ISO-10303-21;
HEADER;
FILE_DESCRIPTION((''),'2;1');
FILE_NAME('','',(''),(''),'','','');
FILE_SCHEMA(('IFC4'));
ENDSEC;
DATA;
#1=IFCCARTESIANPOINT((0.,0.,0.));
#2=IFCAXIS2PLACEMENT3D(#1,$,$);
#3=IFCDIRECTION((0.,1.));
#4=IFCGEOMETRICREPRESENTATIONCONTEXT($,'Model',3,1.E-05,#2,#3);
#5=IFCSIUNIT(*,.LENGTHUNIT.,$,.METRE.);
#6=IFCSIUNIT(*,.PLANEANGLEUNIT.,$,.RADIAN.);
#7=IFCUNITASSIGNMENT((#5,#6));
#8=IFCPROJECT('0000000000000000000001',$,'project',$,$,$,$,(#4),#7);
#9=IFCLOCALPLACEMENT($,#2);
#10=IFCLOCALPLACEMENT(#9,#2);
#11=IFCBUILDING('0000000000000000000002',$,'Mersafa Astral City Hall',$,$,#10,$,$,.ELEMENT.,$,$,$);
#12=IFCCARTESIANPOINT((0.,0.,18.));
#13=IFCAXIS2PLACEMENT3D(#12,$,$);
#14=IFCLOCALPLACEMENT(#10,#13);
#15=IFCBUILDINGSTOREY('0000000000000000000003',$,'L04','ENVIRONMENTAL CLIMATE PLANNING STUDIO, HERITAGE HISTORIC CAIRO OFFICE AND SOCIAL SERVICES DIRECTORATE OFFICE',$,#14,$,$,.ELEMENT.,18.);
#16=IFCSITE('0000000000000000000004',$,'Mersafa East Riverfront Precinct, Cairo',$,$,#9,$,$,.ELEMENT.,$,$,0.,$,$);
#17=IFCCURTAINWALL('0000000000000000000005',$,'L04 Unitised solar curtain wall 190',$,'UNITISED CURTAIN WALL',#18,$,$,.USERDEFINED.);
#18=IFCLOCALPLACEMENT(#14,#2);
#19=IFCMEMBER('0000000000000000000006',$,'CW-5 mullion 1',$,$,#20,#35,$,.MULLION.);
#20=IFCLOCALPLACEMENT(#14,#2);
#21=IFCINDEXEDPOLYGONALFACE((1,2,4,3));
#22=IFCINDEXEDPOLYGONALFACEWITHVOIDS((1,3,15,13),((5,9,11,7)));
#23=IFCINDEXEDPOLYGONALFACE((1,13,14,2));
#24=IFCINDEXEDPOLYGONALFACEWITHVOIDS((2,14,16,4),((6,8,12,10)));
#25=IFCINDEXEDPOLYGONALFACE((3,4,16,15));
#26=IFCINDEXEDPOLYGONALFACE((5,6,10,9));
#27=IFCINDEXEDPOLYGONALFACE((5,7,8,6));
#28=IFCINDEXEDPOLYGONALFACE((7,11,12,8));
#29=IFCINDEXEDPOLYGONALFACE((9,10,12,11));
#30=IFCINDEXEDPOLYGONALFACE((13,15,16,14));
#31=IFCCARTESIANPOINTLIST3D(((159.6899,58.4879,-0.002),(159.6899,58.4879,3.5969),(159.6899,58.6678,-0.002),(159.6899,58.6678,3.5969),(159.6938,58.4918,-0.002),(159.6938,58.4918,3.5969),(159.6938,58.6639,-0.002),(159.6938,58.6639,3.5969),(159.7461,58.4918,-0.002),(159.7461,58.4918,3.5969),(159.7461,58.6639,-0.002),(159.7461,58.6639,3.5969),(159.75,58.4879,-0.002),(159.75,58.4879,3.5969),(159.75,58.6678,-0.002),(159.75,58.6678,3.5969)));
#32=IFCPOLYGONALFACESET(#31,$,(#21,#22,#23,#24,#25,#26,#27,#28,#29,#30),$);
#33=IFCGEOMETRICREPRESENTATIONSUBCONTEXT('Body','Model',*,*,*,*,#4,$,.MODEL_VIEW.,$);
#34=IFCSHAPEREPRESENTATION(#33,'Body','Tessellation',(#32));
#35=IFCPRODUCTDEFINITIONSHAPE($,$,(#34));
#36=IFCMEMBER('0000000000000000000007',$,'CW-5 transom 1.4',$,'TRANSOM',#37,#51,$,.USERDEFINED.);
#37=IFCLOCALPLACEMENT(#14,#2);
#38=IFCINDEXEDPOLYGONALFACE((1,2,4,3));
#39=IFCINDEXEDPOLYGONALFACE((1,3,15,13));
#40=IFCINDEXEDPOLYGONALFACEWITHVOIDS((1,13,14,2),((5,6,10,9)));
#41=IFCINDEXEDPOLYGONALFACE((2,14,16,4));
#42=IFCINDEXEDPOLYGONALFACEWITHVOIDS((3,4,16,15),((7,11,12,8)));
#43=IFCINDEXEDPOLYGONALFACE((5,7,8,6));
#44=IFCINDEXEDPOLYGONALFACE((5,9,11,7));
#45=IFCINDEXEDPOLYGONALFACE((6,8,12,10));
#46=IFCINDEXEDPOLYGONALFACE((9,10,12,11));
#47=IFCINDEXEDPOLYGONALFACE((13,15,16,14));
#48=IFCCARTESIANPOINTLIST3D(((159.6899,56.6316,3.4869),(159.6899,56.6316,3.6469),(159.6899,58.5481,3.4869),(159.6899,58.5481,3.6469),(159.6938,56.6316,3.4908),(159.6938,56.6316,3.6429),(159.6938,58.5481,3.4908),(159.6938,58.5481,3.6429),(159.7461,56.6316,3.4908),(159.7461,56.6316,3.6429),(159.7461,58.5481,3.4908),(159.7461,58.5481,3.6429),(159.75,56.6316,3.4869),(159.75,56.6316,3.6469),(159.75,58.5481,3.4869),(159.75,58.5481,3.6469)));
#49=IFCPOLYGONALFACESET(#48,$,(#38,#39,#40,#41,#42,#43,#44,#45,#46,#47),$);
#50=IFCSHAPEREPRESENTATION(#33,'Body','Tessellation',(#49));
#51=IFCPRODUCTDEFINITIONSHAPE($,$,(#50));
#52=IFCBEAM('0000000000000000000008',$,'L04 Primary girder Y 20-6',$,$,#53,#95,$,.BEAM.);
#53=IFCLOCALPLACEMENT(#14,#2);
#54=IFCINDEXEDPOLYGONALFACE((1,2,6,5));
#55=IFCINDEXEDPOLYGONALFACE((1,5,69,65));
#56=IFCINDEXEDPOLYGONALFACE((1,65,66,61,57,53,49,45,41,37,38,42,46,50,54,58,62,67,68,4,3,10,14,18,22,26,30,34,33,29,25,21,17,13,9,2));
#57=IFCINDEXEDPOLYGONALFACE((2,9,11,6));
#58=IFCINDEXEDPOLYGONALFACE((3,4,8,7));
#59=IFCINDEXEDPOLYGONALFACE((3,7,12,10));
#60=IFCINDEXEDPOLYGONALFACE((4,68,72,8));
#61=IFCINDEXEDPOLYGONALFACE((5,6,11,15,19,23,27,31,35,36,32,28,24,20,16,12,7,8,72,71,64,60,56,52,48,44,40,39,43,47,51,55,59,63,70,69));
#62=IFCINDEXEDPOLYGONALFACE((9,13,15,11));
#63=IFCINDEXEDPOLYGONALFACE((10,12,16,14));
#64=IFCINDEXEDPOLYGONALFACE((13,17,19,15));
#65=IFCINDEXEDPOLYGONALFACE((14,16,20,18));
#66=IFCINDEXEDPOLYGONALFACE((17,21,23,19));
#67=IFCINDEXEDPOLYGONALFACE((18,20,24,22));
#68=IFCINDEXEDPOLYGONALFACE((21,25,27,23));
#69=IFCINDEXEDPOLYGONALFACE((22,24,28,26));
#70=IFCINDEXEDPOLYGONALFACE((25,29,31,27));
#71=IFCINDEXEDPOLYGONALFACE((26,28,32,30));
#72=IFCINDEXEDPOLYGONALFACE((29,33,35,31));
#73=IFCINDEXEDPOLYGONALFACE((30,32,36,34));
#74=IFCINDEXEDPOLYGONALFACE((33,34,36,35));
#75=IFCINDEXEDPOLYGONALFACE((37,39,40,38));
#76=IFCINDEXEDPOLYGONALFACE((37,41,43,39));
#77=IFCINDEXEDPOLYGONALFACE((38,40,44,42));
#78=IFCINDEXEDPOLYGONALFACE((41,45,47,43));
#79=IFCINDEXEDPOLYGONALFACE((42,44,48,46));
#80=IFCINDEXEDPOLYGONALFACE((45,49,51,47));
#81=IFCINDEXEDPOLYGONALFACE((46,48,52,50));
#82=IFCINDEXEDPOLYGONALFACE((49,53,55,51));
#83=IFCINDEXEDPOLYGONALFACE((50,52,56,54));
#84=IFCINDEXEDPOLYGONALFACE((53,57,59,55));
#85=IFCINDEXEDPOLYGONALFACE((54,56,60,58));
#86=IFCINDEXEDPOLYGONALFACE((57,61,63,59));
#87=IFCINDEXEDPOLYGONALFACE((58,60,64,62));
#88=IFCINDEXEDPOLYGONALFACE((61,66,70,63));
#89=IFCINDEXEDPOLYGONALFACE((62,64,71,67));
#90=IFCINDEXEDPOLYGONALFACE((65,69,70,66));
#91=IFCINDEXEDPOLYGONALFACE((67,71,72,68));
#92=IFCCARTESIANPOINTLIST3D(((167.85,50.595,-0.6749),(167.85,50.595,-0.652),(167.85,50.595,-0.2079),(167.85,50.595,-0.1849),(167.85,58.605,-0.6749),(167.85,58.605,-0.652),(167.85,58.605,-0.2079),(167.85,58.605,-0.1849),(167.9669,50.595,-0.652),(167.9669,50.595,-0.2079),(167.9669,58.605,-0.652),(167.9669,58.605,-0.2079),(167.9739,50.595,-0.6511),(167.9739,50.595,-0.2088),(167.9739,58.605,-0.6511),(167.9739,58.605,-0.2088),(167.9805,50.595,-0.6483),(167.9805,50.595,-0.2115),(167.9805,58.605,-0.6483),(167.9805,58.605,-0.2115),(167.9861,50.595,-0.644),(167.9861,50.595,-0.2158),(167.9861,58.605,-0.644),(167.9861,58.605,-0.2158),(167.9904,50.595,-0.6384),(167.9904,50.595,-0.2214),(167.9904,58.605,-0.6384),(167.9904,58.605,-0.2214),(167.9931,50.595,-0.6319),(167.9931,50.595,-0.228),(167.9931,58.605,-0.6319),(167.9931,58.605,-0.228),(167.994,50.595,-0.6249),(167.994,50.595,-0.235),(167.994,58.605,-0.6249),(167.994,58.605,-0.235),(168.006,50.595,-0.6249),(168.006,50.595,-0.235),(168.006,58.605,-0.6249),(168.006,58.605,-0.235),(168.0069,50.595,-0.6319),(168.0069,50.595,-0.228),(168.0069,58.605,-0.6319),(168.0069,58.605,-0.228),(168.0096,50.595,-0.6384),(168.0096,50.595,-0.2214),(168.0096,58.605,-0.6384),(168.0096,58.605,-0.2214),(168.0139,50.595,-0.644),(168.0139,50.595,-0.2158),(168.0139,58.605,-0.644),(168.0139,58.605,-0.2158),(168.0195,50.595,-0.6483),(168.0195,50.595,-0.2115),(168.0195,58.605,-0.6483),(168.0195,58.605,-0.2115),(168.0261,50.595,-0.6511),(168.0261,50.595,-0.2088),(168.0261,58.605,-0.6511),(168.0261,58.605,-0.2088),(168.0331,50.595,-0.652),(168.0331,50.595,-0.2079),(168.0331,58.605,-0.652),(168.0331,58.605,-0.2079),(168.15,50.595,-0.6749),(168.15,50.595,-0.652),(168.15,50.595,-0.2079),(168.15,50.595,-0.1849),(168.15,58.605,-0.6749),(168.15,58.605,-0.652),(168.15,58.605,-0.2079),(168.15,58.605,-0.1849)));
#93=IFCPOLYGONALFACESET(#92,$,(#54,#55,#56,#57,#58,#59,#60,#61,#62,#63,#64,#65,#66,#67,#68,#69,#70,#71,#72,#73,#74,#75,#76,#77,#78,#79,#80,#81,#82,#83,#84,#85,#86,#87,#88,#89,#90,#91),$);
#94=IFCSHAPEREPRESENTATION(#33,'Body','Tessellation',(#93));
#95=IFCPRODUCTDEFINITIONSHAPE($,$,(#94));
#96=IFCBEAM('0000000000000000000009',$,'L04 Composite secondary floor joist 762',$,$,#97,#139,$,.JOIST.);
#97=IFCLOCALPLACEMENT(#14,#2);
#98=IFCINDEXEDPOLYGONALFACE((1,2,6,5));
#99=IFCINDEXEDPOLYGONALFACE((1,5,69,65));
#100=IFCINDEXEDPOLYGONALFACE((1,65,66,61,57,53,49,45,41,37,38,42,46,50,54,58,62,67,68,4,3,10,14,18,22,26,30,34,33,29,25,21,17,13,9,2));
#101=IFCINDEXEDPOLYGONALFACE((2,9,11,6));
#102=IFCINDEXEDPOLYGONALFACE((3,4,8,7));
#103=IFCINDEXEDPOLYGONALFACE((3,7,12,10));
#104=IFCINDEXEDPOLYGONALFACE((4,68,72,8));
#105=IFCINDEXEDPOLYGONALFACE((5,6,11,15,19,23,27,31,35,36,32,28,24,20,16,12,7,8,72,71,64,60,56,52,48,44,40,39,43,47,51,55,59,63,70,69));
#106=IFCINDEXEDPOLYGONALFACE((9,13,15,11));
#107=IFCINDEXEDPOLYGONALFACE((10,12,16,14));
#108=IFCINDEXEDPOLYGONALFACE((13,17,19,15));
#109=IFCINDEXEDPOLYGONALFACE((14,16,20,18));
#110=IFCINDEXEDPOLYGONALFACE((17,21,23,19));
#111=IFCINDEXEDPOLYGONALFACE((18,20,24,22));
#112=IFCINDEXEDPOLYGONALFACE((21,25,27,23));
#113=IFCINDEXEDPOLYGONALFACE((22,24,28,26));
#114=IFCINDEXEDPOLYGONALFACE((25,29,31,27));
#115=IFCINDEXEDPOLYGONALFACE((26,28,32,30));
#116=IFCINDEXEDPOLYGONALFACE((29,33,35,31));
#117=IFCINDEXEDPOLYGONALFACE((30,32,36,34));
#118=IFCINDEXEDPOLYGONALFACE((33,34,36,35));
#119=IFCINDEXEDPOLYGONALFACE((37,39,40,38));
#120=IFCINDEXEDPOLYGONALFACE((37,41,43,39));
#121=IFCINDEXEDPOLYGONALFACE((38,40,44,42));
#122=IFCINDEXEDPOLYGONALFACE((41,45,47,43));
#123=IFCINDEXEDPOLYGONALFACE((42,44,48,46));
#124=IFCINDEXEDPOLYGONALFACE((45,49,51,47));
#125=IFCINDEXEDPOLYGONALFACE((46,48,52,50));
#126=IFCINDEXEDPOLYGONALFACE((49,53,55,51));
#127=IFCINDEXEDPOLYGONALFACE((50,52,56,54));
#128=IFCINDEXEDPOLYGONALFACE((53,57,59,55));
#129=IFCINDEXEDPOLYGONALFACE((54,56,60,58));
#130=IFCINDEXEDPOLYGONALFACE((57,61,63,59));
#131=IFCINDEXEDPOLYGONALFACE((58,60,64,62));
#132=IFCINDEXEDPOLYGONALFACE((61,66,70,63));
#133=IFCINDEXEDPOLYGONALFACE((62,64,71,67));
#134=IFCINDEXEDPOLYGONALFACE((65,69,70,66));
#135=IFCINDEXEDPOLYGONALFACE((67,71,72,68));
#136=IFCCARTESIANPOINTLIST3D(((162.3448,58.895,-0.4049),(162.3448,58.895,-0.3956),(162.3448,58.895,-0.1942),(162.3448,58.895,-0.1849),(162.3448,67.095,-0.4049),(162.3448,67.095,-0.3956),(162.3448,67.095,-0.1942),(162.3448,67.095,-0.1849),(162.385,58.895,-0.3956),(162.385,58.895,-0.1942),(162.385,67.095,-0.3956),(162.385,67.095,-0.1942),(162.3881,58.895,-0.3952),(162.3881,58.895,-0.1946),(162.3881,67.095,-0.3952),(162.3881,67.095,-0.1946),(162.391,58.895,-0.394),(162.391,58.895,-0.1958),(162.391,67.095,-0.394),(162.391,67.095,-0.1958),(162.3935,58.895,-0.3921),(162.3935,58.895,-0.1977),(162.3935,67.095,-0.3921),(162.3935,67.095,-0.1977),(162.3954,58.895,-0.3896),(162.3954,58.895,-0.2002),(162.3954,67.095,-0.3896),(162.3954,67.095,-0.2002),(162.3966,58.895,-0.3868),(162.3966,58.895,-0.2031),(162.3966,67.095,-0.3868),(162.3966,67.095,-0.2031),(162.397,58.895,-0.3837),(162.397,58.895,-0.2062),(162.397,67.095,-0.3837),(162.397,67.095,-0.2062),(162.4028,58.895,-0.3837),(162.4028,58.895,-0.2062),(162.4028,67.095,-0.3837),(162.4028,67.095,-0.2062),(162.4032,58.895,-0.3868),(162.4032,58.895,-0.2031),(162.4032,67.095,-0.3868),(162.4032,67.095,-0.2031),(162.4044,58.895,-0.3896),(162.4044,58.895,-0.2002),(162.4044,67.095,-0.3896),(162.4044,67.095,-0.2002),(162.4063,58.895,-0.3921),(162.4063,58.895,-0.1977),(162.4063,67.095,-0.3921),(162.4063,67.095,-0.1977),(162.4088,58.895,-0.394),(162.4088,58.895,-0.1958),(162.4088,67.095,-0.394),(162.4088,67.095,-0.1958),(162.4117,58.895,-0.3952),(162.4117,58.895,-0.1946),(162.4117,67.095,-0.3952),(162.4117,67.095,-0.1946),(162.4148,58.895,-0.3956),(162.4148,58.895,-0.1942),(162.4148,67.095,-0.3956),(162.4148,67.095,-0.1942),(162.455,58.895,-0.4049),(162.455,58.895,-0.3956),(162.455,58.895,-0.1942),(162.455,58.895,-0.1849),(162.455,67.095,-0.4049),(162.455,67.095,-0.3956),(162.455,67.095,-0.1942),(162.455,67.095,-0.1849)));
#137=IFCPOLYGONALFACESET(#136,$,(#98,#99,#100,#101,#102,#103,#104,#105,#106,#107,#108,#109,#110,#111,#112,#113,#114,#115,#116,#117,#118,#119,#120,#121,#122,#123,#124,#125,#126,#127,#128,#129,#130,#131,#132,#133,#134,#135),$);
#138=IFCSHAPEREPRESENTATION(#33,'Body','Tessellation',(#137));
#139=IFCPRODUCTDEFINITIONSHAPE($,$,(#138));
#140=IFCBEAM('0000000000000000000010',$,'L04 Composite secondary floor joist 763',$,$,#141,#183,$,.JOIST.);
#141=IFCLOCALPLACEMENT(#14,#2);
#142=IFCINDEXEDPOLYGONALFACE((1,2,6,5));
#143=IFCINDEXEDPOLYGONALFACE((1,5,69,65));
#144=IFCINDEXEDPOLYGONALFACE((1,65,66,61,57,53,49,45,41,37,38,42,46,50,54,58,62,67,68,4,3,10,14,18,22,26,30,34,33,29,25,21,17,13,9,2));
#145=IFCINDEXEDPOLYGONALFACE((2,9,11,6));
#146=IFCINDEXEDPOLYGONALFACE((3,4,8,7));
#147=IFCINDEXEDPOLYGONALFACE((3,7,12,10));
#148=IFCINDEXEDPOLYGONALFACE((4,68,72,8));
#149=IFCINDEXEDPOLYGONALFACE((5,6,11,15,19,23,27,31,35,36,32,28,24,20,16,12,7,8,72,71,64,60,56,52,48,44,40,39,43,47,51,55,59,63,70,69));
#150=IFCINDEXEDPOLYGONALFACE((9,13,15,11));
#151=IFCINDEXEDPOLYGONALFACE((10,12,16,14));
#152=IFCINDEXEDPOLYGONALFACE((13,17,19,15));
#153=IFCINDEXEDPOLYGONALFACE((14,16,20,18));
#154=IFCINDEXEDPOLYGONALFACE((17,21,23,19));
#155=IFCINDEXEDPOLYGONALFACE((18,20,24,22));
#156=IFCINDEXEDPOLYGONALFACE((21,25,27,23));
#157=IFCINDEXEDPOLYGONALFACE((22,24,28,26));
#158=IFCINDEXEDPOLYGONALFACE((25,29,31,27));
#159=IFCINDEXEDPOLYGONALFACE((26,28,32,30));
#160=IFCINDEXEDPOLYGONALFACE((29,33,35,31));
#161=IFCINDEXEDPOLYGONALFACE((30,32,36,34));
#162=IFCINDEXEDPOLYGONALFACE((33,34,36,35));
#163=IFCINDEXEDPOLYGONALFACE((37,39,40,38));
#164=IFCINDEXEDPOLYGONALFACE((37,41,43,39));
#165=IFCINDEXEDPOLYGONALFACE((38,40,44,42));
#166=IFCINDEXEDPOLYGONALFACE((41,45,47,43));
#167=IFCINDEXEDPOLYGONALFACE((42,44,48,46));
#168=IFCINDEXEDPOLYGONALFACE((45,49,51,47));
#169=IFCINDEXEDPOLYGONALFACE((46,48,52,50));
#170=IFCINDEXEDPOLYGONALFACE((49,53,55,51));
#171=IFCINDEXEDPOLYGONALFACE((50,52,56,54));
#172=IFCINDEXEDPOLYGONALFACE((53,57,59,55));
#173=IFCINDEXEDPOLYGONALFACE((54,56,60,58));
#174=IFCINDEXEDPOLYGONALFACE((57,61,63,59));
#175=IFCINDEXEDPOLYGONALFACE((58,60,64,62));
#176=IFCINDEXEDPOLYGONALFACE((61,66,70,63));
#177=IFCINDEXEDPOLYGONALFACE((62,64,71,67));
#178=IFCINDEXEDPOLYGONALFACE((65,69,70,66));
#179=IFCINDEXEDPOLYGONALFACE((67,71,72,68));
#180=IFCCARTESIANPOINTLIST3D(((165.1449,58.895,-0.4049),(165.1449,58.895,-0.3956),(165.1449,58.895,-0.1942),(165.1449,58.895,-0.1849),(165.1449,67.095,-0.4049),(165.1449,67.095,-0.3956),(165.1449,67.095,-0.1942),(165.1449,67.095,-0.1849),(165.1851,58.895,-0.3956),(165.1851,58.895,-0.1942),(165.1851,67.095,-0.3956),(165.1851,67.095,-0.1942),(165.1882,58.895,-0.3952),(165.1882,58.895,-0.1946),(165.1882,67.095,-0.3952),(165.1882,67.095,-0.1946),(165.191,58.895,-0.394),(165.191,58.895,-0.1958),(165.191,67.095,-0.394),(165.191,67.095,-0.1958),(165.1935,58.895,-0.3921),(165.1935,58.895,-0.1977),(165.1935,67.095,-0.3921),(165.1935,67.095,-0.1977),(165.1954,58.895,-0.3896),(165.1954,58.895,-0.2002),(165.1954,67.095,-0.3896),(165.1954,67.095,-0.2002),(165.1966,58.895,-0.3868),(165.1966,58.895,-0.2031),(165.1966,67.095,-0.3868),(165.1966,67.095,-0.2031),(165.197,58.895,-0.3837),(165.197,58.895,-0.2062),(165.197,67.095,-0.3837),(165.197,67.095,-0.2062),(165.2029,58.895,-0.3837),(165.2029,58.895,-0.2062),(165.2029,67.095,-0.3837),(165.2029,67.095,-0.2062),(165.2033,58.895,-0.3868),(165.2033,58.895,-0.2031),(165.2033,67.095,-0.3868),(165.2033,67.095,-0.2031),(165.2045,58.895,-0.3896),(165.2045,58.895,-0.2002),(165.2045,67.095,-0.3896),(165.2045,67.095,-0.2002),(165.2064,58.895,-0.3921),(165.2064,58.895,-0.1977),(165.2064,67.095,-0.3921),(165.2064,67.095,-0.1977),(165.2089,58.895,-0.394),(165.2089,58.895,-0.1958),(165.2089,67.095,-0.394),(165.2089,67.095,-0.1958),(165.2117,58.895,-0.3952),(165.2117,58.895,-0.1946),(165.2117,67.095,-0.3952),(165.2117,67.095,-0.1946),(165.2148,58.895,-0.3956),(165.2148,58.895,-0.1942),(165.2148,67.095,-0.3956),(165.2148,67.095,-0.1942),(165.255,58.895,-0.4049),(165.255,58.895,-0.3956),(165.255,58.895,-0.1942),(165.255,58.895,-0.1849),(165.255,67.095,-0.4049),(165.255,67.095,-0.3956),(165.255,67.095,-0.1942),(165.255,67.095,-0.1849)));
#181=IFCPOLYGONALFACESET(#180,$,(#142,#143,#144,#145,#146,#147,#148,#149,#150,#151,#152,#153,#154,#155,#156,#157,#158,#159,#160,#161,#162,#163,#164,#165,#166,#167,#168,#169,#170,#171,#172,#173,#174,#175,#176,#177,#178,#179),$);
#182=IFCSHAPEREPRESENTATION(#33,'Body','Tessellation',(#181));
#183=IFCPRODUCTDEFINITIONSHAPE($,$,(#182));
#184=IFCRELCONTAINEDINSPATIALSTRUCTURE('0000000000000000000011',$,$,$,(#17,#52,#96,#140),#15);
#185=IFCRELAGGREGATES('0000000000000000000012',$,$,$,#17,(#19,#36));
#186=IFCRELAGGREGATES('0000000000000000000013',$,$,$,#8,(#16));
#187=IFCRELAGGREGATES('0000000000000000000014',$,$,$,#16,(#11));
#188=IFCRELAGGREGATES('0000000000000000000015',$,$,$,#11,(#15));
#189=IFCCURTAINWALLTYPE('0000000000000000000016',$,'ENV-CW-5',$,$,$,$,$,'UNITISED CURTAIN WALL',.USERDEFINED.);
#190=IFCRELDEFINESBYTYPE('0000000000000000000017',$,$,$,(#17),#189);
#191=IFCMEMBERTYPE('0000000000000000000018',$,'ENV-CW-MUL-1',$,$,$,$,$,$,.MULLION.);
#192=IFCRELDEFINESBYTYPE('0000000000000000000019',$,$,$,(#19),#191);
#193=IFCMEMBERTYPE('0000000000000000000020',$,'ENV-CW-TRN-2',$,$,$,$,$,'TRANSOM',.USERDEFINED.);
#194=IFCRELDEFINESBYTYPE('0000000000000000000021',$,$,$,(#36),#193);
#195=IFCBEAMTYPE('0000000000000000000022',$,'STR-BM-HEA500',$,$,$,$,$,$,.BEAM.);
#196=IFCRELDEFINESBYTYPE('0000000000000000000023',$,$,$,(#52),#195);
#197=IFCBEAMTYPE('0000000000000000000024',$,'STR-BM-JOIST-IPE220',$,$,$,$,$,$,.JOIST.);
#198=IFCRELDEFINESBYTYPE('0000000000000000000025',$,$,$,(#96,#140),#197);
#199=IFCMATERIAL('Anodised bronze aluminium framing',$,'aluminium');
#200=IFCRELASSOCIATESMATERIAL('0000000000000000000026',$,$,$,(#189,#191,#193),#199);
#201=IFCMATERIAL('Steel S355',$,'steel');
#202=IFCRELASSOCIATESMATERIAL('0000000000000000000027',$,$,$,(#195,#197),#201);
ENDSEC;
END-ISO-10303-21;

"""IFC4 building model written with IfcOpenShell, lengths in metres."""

from ifc_helpers import new_model, si_unit, direction, frame, origin, origin_2d, place, context, subcontext, project, spatial, hollow_rectangle, i_section, extrude, material, material_profile, profile_set, type_object, element, aggregate, save


model = new_model("IFC4")

# Units and contexts
model_context = context("Model", 3, precision=1e-05, world=origin(), true_north=direction((0.0, 1.0)))
body_context = subcontext(model_context, "Body", "Model", "MODEL_VIEW")
ifc_project = project(units=[si_unit("LENGTHUNIT", "METRE"), si_unit("PLANEANGLEUNIT", "RADIAN")], contexts=[model_context])

# Site, building, storey
site_placement = place(None, origin())
site = spatial("IfcSite", under=ifc_project, at=site_placement, Name="Mersafa East Riverfront Precinct, Cairo", CompositionType="ELEMENT", RefElevation=0.0)
building_placement = place(site_placement, origin())
building = spatial("IfcBuilding", under=site, at=building_placement, Name="Mersafa Astral City Hall", CompositionType="ELEMENT")
storey_placement = place(building_placement, frame((0.0, 0.0, 18.0)))
storey = spatial("IfcBuildingStorey", under=building, at=storey_placement, Name="L04", Description="ENVIRONMENTAL CLIMATE PLANNING STUDIO, HERITAGE HISTORIC CAIRO OFFICE AND SOCIAL SERVICES DIRECTORATE OFFICE", CompositionType="ELEMENT", Elevation=18.0)

# Shared definitions
ifc_material_1 = material(Name="Steel S355", Category="steel")

# Curtain wall, members
ifc_material_2 = material(Name="Anodised bronze aluminium framing", Category="aluminium")
curtain_wall_type = type_object("IfcCurtainWallType", Name="ENV-CW-5", ElementType="UNITISED CURTAIN WALL", PredefinedType="USERDEFINED", material=ifc_material_2)
curtain_wall_placement = place(storey_placement, origin())
curtain_wall = element("IfcCurtainWall", 1, at=curtain_wall_placement, inside=storey, type_object=curtain_wall_type, Name="L04 Unitised solar curtain wall 190", ObjectType="UNITISED CURTAIN WALL", PredefinedType="USERDEFINED")
ifc_material_profile_1 = material_profile(ifc_material_2, hollow_rectangle(XDim=0.0601, YDim=0.1799, WallThickness=0.0039, at=origin_2d()), Name="RHS 60x180x4")
ifc_profile_set_1 = profile_set([ifc_material_profile_1], Name="Anodised bronze aluminium framing")
member_type_1 = type_object("IfcMemberType", Name="ENV-CW-MUL-1", PredefinedType="MULLION", material=ifc_profile_set_1)
member_1_placement = place(storey_placement, frame((159.72, 58.5779, -0.002), z_axis=(0.0, 0.0, 1.0), x_axis=(1.0, 0.0, 0.0)))
member_1 = element("IfcMember", 2, at=member_1_placement, type_object=member_type_1, Name="CW-5 mullion 1", PredefinedType="MULLION", context=body_context, shape_type="SweptSolid", body=[
    extrude(hollow_rectangle(XDim=0.0601, YDim=0.1799, WallThickness=0.0039, at=origin_2d()), origin(), (0.0, 0.0, 1.0), 3.5989),
])
ifc_material_profile_2 = material_profile(ifc_material_2, hollow_rectangle(XDim=0.0601, YDim=0.1599, WallThickness=0.0039, at=origin_2d()), Name="RHS 60x160x4")
ifc_profile_set_2 = profile_set([ifc_material_profile_2], Name="Anodised bronze aluminium framing")
member_type_2 = type_object("IfcMemberType", Name="ENV-CW-TRN-2", ElementType="TRANSOM", PredefinedType="USERDEFINED", material=ifc_profile_set_2)
member_2_placement = place(storey_placement, frame((159.72, 58.5481, 3.5669), z_axis=(0.0, -1.0, 0.0), x_axis=(1.0, 0.0, 0.0)))
member_2 = element("IfcMember", 3, at=member_2_placement, type_object=member_type_2, Name="CW-5 transom 1.4", ObjectType="TRANSOM", PredefinedType="USERDEFINED", context=body_context, shape_type="SweptSolid", body=[
    extrude(hollow_rectangle(XDim=0.0601, YDim=0.1599, WallThickness=0.0039, at=origin_2d()), origin(), (0.0, 0.0, 1.0), 1.9165),
])
aggregate(curtain_wall, [member_1, member_2])

# Beams
ifc_material_profile_3 = material_profile(ifc_material_1, i_section(OverallWidth=0.3, OverallDepth=0.49, WebThickness=0.012, FlangeThickness=0.0229, FilletRadius=0.0271, at=origin_2d()), Name="HEA 500")
ifc_profile_set_3 = profile_set([ifc_material_profile_3], Name="Steel S355")
beam_type_1 = type_object("IfcBeamType", Name="STR-BM-HEA500", PredefinedType="BEAM", material=ifc_profile_set_3)
beam_1_placement = place(storey_placement, frame((168.0, 50.595, -0.4299), z_axis=(0.0, 1.0, 0.0), x_axis=(-1.0, 0.0, 0.0)))
element("IfcBeam", 4, at=beam_1_placement, inside=storey, type_object=beam_type_1, Name="L04 Primary girder Y 20-6", PredefinedType="BEAM", context=body_context, shape_type="SweptSolid", body=[
    extrude(i_section(OverallWidth=0.3, OverallDepth=0.49, WebThickness=0.012, FlangeThickness=0.0229, FilletRadius=0.0271, at=origin_2d()), origin(), (0.0, 0.0, 1.0), 8.01),
])
ifc_material_profile_4 = material_profile(ifc_material_1, i_section(OverallWidth=0.1101, OverallDepth=0.22, WebThickness=0.0059, FlangeThickness=0.0093, FilletRadius=0.012, at=origin_2d()), Name="IPE 220")
ifc_profile_set_4 = profile_set([ifc_material_profile_4], Name="Steel S355")
beam_type_2 = type_object("IfcBeamType", Name="STR-BM-JOIST-IPE220", PredefinedType="JOIST", material=ifc_profile_set_4)
for number, where, z_axis, x_axis, name in (
    (5, (162.3999, 58.895, -0.2949), (0.0, 1.0, 0.0), (-1.0, 0.0, 0.0), "L04 Composite secondary floor joist 762"),
    (6, (165.2, 58.895, -0.2949), (0.0, 1.0, 0.0), (-1.0, 0.0, 0.0), "L04 Composite secondary floor joist 763"),
):
    element("IfcBeam", number, at=place(storey_placement, frame(where, z_axis=z_axis, x_axis=x_axis)), inside=storey, type_object=beam_type_2, Name=name, PredefinedType="JOIST", context=body_context, shape_type="SweptSolid", body=[
        extrude(i_section(OverallWidth=0.1101, OverallDepth=0.22, WebThickness=0.0059, FlangeThickness=0.0093, FilletRadius=0.012, at=origin_2d()), origin(), (0.0, 0.0, 1.0), 8.2),
    ])

save(model, "model.ifc")
